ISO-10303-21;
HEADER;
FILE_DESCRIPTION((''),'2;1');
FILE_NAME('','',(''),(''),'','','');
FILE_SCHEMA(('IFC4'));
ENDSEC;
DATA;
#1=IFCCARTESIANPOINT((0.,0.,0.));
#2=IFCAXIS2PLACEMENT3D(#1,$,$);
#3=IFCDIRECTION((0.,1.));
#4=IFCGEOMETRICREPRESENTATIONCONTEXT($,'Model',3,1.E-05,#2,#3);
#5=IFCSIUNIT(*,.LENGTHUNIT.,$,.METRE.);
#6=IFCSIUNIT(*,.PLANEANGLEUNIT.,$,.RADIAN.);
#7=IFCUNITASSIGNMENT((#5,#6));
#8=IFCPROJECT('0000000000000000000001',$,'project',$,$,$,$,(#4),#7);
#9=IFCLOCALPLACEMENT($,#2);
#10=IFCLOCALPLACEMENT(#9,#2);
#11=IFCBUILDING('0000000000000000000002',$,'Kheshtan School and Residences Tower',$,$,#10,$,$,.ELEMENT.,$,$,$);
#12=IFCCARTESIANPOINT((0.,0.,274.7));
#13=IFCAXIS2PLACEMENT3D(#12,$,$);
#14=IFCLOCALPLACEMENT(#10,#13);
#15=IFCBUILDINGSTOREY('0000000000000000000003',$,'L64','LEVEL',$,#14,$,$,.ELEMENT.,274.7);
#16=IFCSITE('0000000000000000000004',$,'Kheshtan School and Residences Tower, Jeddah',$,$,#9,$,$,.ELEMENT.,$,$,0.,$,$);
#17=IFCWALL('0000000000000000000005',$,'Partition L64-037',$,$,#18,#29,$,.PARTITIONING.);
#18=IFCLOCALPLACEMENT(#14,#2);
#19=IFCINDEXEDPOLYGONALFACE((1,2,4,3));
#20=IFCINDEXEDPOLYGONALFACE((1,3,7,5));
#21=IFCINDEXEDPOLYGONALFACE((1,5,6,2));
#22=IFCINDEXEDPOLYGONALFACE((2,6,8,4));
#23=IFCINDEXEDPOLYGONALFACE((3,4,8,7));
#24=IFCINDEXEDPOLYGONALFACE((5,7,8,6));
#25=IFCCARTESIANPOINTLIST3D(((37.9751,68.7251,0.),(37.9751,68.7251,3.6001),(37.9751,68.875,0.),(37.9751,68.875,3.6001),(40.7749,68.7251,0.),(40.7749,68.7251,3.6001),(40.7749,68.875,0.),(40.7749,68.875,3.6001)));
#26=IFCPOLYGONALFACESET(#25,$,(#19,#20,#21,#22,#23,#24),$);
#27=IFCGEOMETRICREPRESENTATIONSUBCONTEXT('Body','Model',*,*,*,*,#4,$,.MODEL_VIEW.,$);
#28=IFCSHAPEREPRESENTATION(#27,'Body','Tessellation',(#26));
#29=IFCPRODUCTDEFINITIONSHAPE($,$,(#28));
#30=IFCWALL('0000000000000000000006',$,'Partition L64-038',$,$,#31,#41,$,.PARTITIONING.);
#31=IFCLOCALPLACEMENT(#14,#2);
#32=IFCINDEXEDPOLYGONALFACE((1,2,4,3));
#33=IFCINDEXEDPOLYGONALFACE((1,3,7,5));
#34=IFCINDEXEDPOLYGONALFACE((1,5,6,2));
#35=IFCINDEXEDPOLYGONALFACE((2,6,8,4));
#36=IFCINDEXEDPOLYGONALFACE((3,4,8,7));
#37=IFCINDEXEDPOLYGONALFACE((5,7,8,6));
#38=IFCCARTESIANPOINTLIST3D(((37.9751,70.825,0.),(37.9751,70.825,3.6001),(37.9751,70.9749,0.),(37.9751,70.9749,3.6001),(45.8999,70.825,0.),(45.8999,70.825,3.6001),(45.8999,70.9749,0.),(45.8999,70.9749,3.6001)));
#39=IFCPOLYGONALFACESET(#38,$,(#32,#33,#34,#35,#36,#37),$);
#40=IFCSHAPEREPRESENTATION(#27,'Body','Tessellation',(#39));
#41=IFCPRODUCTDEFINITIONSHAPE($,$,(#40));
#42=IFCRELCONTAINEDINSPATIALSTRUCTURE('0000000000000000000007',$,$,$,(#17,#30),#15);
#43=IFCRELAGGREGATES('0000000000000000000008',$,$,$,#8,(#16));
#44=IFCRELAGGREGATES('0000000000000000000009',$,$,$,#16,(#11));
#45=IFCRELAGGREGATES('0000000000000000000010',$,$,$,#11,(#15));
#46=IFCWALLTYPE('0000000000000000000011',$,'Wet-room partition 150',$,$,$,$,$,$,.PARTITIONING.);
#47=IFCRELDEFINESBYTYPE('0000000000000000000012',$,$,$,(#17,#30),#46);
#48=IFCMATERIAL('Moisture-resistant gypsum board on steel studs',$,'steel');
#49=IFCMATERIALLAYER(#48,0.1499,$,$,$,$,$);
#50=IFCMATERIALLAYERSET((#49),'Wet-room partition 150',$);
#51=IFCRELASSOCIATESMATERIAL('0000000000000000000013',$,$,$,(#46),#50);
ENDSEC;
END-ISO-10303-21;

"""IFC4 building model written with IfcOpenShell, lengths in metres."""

from ifc_helpers import new_model, si_unit, direction, frame, frame_2d, origin, place, context, subcontext, project, spatial, rectangle, extrude, material, layer, layer_set, type_object, element, save


model = new_model("IFC4")

# Units and contexts
model_context = context("Model", 3, precision=1e-05, world=origin(), true_north=direction((0.0, 1.0)))
body_context = subcontext(model_context, "Body", "Model", "MODEL_VIEW")
ifc_project = project(units=[si_unit("LENGTHUNIT", "METRE"), si_unit("PLANEANGLEUNIT", "RADIAN")], contexts=[model_context])

# Site, building, storey
site_placement = place(None, origin())
site = spatial("IfcSite", under=ifc_project, at=site_placement, Name="Kheshtan School and Residences Tower, Jeddah", CompositionType="ELEMENT", RefElevation=0.0)
building_placement = place(site_placement, origin())
building = spatial("IfcBuilding", under=site, at=building_placement, Name="Kheshtan School and Residences Tower", CompositionType="ELEMENT")
storey_placement = place(building_placement, frame((0.0, 0.0, 274.7)))
storey = spatial("IfcBuildingStorey", under=building, at=storey_placement, Name="L64", Description="LEVEL", CompositionType="ELEMENT", Elevation=274.7)

# Shared definitions
ifc_material_1 = material(Name="Moisture-resistant gypsum board on steel studs", Category="steel")
ifc_layer_1 = layer(ifc_material_1, 0.1499)
ifc_layer_set_1 = layer_set([ifc_layer_1], Name="Wet-room partition 150")
wall_type_1 = type_object("IfcWallType", Name="Wet-room partition 150", PredefinedType="PARTITIONING", material=ifc_layer_set_1)

# Walls
wall_1_placement = place(storey_placement, frame((37.9751, 68.8, 0.0), z_axis=(0.0, 0.0, 1.0), x_axis=(1.0, 0.0, 0.0)))
element("IfcWall", 1, at=wall_1_placement, inside=storey, type_object=wall_type_1, Name="Partition L64-037", PredefinedType="PARTITIONING", context=body_context, shape_type="SweptSolid", body=[
    extrude(rectangle(XDim=2.7998, YDim=0.1499, at=frame_2d((1.3999, 0.0))), origin(), (0.0, 0.0, 1.0), 3.6001),
])
wall_2_placement = place(storey_placement, frame((37.9751, 70.8999, 0.0), z_axis=(0.0, 0.0, 1.0), x_axis=(1.0, 0.0, 0.0)))
element("IfcWall", 2, at=wall_2_placement, inside=storey, type_object=wall_type_1, Name="Partition L64-038", PredefinedType="PARTITIONING", context=body_context, shape_type="SweptSolid", body=[
    extrude(rectangle(XDim=7.9248, YDim=0.1499, at=frame_2d((3.9624, 0.0))), origin(), (0.0, 0.0, 1.0), 3.6001),
])

save(model, "model.ifc")
